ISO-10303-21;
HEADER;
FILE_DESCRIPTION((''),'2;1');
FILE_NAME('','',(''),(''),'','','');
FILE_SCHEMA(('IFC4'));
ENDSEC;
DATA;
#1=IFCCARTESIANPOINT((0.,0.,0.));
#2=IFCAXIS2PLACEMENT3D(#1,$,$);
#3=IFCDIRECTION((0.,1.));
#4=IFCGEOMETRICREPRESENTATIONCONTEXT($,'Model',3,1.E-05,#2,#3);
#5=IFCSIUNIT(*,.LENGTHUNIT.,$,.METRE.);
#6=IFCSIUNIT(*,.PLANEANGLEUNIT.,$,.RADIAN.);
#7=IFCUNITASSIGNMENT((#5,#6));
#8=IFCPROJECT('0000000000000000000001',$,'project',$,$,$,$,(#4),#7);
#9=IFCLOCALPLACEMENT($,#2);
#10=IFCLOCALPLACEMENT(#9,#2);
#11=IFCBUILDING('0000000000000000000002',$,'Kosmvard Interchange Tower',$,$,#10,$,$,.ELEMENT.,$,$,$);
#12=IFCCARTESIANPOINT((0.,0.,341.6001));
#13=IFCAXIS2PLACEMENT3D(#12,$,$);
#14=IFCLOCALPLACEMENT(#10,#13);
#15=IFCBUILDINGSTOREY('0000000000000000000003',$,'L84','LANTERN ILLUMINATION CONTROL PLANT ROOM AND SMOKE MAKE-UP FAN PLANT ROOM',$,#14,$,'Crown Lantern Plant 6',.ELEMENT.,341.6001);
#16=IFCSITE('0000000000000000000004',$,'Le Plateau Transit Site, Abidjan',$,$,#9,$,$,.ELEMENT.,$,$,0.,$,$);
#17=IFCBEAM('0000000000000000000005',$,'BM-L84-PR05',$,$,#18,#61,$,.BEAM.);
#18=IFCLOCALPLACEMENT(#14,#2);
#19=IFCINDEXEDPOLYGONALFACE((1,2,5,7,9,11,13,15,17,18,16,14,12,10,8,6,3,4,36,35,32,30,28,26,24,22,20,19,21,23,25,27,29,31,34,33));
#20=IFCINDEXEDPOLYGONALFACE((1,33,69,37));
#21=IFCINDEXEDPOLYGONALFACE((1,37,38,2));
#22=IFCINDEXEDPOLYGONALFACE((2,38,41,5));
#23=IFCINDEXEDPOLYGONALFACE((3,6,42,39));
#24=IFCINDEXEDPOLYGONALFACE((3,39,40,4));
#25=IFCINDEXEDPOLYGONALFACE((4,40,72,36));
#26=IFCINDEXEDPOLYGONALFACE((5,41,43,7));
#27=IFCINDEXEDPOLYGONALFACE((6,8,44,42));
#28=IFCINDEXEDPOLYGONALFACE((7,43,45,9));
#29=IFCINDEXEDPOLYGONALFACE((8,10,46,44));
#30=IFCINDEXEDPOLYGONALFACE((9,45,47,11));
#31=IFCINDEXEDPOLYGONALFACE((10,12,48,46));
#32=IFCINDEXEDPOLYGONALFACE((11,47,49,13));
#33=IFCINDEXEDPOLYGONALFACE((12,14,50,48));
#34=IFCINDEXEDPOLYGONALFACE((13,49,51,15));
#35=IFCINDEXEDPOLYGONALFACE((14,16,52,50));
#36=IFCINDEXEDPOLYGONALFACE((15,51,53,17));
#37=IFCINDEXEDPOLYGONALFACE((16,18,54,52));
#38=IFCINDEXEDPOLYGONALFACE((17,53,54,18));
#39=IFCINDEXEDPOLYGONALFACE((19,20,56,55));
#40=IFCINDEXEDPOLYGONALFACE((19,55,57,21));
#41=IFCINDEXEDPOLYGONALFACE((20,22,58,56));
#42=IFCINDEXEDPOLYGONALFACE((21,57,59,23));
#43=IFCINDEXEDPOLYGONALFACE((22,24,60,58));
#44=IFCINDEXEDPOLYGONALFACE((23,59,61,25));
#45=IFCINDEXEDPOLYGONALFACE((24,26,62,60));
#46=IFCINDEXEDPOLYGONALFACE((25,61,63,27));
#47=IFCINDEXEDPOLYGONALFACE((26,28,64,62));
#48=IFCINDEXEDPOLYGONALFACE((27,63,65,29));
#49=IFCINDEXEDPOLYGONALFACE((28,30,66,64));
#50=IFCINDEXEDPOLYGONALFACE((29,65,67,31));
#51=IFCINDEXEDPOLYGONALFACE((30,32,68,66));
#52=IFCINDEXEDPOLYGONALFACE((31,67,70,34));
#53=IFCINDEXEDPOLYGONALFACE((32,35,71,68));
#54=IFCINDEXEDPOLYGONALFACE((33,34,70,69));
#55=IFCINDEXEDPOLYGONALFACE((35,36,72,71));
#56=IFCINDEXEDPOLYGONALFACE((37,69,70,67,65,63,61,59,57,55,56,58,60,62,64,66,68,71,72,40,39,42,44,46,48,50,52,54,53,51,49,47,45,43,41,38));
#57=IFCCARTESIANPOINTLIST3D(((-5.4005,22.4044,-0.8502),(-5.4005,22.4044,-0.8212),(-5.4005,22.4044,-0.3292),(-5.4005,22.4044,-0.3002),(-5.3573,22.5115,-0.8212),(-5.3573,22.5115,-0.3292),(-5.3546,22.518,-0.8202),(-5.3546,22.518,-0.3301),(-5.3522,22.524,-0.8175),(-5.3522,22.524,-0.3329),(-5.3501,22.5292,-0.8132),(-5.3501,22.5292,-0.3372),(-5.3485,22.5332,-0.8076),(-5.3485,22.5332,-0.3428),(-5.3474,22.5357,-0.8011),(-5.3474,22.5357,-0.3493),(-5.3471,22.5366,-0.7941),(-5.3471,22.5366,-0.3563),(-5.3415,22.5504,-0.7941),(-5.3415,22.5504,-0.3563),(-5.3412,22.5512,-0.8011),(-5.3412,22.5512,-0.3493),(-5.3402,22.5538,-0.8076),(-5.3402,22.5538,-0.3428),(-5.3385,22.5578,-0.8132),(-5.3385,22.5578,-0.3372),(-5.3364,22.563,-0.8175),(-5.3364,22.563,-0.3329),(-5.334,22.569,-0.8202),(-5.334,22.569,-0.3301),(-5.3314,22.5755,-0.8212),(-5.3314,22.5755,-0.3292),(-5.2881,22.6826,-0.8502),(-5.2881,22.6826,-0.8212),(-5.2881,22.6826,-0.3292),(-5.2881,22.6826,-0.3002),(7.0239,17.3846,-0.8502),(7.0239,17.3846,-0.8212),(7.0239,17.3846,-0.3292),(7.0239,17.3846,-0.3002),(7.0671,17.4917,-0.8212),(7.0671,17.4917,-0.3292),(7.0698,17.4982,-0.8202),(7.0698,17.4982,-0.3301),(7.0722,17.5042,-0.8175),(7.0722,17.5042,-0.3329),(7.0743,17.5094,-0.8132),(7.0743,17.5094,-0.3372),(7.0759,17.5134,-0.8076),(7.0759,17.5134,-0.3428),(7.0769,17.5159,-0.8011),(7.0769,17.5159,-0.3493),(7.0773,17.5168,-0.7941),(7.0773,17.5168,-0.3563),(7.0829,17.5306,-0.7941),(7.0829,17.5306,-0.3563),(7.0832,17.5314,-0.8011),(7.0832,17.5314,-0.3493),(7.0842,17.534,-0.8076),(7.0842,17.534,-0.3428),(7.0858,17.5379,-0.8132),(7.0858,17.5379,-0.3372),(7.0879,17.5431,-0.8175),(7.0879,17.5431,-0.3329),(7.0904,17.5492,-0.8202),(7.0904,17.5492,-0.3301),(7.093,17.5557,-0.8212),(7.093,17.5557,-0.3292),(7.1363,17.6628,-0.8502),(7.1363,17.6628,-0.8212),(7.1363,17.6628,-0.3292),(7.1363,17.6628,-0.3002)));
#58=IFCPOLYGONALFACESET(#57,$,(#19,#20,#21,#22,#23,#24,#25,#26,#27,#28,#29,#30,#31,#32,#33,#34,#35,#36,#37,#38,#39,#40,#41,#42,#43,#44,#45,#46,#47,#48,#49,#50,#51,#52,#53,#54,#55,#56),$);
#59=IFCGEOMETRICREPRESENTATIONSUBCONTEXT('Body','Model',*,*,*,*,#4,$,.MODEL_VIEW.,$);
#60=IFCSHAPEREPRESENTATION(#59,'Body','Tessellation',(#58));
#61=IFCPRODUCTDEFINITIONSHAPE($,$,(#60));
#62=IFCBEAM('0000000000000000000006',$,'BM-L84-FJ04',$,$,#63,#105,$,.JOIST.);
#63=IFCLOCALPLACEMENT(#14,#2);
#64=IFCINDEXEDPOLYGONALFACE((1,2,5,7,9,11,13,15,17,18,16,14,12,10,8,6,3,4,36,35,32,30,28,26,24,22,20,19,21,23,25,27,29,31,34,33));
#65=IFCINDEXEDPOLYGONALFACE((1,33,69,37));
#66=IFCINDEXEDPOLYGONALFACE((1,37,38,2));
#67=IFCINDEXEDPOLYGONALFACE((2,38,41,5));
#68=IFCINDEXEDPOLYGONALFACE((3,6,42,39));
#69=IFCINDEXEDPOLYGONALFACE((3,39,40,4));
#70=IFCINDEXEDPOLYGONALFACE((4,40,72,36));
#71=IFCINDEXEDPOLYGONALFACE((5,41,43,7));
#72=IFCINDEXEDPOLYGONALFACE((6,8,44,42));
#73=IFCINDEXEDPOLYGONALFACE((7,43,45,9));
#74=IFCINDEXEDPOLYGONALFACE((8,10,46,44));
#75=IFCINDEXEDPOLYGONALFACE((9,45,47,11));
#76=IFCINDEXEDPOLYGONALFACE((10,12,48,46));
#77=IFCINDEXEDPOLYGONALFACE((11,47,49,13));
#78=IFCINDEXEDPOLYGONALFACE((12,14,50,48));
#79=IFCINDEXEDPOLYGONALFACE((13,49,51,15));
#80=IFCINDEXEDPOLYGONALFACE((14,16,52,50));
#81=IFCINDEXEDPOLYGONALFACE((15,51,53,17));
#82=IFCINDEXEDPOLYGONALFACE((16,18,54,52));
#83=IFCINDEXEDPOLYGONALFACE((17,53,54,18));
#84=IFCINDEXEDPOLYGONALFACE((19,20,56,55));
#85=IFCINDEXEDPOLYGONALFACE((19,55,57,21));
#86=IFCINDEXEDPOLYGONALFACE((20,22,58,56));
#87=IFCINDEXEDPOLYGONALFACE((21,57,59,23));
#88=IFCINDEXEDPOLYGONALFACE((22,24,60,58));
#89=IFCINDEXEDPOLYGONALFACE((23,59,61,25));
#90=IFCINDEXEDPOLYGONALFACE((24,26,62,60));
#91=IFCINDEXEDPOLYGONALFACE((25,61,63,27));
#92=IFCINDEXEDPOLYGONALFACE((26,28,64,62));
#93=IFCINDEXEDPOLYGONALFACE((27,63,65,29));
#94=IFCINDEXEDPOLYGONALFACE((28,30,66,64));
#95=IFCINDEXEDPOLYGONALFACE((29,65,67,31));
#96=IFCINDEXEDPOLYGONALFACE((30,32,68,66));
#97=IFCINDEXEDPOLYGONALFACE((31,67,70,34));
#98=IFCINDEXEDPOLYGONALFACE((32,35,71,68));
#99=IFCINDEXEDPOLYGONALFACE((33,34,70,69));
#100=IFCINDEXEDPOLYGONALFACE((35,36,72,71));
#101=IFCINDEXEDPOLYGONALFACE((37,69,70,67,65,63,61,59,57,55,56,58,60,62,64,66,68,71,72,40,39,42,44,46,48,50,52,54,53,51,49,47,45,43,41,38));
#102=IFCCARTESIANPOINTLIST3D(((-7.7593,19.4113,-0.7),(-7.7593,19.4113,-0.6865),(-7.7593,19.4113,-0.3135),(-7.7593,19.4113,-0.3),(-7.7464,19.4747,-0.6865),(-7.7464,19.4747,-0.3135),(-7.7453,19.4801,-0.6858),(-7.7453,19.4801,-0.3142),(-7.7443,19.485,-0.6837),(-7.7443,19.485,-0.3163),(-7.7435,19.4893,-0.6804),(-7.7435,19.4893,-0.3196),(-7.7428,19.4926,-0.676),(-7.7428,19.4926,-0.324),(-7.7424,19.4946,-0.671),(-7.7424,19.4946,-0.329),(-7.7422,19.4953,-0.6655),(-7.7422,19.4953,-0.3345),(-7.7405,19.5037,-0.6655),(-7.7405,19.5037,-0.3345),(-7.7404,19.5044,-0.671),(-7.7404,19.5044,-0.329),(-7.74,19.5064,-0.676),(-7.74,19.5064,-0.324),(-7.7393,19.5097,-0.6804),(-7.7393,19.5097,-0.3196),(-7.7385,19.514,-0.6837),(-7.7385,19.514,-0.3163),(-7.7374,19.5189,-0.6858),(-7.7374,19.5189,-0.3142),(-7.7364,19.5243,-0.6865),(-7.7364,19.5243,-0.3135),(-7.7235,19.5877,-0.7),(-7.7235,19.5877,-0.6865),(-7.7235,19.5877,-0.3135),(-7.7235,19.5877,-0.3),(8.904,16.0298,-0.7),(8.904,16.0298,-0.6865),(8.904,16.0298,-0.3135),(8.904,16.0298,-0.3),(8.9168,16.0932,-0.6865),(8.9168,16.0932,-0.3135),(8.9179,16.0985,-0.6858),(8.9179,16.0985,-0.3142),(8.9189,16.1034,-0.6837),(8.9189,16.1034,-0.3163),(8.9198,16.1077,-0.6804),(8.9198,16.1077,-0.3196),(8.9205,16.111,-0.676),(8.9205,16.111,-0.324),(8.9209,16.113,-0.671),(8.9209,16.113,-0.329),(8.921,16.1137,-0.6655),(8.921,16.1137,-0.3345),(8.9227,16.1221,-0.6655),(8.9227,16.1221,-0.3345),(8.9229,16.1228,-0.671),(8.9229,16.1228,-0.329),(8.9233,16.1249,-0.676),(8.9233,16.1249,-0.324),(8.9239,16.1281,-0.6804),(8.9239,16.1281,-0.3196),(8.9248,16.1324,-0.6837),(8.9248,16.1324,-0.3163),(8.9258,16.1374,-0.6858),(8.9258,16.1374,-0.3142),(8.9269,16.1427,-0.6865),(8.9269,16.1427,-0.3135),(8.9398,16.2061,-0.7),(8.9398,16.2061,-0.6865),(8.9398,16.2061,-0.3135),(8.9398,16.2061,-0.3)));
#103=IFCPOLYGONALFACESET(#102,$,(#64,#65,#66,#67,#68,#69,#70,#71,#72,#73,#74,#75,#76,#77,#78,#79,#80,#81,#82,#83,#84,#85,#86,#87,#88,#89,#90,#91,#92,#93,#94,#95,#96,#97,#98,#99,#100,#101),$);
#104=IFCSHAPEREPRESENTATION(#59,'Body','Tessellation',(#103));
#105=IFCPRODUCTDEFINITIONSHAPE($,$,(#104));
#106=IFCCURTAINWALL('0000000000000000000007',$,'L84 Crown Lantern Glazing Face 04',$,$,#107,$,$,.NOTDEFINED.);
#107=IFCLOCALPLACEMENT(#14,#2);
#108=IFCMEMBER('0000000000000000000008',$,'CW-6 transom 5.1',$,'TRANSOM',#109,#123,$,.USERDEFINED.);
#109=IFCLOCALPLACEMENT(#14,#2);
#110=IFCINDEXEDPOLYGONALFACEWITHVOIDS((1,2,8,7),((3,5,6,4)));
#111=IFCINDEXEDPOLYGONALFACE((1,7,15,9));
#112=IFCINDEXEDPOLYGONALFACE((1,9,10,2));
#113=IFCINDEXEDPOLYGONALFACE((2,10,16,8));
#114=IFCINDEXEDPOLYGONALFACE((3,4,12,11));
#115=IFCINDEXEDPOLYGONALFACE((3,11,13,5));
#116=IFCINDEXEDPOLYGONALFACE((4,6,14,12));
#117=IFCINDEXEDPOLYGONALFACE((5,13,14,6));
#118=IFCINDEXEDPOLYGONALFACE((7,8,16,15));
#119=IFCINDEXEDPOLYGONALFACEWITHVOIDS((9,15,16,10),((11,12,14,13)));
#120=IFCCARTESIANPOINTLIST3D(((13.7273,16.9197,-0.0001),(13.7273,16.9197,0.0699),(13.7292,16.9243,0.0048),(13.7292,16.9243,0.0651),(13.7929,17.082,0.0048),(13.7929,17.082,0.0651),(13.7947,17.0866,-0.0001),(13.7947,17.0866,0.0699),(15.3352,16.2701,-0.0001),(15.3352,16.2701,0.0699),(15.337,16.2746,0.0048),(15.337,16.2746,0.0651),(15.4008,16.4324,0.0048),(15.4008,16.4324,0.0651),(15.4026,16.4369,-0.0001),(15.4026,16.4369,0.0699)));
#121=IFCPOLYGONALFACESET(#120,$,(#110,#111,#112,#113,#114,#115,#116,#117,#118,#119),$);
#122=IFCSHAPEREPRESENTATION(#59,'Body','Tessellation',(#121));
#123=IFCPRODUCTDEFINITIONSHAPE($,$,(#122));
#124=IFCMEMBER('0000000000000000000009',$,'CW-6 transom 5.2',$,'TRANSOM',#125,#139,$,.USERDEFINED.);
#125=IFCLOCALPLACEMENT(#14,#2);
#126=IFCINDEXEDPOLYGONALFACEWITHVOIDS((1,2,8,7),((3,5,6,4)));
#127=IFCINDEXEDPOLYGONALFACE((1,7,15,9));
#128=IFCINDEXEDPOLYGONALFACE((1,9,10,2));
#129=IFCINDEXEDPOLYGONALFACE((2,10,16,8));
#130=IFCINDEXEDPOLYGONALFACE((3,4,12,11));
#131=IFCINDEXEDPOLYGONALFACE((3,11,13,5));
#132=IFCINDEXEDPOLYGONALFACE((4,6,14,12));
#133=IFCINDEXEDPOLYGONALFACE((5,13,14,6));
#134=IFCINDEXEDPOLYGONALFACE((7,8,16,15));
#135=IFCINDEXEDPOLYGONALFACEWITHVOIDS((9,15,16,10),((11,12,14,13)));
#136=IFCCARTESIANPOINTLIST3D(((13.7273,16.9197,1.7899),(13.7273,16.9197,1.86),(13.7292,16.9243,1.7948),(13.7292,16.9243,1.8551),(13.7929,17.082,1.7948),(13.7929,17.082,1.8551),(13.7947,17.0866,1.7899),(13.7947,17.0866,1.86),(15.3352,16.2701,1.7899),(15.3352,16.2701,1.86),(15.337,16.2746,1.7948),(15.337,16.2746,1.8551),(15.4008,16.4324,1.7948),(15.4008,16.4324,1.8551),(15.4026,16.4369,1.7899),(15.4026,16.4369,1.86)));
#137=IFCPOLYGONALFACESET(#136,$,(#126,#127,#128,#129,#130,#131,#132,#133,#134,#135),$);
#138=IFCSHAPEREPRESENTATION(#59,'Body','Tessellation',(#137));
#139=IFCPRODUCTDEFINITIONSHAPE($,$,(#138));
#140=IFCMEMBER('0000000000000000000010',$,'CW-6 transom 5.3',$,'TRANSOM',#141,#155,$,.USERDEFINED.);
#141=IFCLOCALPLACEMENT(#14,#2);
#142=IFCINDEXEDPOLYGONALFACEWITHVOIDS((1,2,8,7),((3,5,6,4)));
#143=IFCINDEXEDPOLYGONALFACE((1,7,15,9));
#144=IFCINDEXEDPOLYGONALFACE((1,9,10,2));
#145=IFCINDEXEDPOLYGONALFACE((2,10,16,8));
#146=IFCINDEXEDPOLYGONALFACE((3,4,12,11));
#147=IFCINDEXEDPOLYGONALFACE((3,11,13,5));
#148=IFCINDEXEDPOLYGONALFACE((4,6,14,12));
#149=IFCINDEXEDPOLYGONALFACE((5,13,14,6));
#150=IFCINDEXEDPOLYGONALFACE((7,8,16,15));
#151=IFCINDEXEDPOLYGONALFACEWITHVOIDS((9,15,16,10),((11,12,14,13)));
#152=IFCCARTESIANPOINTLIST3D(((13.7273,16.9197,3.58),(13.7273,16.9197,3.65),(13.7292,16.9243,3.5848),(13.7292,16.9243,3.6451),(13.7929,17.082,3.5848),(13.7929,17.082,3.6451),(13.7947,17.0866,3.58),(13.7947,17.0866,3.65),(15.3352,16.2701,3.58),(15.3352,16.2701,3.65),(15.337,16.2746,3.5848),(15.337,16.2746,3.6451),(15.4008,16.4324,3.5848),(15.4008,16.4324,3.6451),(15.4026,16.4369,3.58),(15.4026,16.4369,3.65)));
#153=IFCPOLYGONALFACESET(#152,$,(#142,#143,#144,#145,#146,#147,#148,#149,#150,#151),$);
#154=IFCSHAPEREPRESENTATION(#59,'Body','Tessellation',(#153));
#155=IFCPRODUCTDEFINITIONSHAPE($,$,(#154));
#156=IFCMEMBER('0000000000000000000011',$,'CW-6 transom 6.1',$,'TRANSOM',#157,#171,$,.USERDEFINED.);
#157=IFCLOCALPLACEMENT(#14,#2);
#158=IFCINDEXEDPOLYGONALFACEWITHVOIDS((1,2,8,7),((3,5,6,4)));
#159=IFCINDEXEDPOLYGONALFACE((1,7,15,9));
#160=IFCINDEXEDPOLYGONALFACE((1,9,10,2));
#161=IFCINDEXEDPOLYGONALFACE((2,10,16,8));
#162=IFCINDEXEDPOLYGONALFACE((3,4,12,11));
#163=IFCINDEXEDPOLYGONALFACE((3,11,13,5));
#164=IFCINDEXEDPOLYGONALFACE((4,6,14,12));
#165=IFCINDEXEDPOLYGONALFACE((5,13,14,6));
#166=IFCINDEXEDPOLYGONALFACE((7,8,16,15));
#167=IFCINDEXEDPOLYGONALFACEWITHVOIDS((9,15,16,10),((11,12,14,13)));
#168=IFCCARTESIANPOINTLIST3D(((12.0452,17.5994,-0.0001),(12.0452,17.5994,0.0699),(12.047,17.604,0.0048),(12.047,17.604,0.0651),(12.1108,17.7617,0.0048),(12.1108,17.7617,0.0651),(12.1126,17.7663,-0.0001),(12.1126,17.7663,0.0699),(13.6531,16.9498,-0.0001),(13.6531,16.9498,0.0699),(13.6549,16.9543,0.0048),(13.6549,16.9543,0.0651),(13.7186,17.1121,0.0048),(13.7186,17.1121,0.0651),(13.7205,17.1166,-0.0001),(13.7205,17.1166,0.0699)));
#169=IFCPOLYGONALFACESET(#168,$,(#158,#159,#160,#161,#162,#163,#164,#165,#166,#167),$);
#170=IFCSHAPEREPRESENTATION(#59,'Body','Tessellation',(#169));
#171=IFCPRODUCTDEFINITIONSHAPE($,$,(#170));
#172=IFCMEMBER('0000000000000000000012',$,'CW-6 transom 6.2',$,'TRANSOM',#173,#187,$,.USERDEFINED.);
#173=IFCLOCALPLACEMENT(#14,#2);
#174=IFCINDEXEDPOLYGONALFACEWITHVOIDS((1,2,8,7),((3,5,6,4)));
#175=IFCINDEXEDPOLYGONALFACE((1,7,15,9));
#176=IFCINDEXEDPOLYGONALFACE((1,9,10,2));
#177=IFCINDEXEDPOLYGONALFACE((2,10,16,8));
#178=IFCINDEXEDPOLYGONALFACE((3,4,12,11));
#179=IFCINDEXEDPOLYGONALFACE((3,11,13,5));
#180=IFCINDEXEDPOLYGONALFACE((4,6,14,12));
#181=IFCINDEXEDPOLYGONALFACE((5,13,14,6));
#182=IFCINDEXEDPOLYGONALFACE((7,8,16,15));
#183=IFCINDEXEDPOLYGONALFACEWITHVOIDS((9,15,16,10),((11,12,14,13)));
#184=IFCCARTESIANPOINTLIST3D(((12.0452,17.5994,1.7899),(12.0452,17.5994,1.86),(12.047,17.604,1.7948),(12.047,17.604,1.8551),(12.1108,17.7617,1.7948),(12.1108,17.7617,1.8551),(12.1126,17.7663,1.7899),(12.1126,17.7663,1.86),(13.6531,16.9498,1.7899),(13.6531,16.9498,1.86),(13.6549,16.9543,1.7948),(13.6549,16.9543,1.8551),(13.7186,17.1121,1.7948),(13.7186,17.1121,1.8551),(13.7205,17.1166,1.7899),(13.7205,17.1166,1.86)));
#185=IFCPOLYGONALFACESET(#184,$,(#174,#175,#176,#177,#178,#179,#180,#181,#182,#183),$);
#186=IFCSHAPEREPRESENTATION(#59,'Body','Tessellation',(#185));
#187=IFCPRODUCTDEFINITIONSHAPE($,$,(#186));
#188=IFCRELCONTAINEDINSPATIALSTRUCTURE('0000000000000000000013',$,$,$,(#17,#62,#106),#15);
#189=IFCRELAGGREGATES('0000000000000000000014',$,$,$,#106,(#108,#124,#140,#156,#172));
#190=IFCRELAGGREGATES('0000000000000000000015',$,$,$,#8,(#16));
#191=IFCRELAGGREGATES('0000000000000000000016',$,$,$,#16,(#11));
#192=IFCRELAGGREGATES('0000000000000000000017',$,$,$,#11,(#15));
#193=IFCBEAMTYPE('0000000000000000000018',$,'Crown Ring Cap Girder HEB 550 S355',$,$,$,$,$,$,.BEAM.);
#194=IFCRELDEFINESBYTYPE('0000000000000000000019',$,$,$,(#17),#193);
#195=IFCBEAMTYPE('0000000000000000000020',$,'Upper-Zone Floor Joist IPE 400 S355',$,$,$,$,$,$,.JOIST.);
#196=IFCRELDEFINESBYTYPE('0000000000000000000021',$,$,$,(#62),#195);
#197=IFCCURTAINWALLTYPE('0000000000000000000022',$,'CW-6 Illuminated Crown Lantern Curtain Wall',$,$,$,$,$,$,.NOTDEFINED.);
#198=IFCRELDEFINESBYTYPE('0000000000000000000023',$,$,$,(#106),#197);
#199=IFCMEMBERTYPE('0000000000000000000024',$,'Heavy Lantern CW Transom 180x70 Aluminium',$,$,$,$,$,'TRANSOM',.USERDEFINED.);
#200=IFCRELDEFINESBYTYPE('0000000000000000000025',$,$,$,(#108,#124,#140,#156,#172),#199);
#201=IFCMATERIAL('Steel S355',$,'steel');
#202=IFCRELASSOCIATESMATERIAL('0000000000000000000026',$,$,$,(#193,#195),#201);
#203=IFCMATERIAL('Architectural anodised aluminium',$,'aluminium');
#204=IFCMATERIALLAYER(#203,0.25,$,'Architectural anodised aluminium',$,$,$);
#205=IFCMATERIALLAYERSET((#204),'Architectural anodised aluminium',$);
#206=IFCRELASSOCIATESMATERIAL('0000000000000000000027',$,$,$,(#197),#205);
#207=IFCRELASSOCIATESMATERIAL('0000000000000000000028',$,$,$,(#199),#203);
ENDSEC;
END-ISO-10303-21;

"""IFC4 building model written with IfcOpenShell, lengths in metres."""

from ifc_helpers import new_model, si_unit, direction, frame, origin, origin_2d, place, context, subcontext, project, spatial, hollow_rectangle, i_section, extrude, source, transform, mapped, material, layer, layer_set, material_profile, profile_set, type_object, element, aggregate, save


model = new_model("IFC4")

# Units and contexts
model_context = context("Model", 3, precision=1e-05, world=origin(), true_north=direction((0.0, 1.0)))
body_context = subcontext(model_context, "Body", "Model", "MODEL_VIEW")
ifc_project = project(units=[si_unit("LENGTHUNIT", "METRE"), si_unit("PLANEANGLEUNIT", "RADIAN")], contexts=[model_context])

# Site, building, storey
site_placement = place(None, origin())
site = spatial("IfcSite", under=ifc_project, at=site_placement, Name="Le Plateau Transit Site, Abidjan", CompositionType="ELEMENT", RefElevation=0.0)
building_placement = place(site_placement, origin())
building = spatial("IfcBuilding", under=site, at=building_placement, Name="Kosmvard Interchange Tower", CompositionType="ELEMENT")
storey_placement = place(building_placement, frame((0.0, 0.0, 341.6001)))
storey = spatial("IfcBuildingStorey", under=building, at=storey_placement, Name="L84", Description="LANTERN ILLUMINATION CONTROL PLANT ROOM AND SMOKE MAKE-UP FAN PLANT ROOM", LongName="Crown Lantern Plant 6", CompositionType="ELEMENT", Elevation=341.6001)

# Shared definitions
ifc_material_1 = material(Name="Steel S355", Category="steel")

# Beams
ifc_material_profile_1 = material_profile(ifc_material_1, i_section(OverallWidth=0.3, OverallDepth=0.55, WebThickness=0.0149, FlangeThickness=0.0291, FilletRadius=0.0271, at=origin_2d()), Name="HEB 550")
ifc_profile_set_1 = profile_set([ifc_material_profile_1], Name="Steel S355")
beam_type_1 = type_object("IfcBeamType", Name="Crown Ring Cap Girder HEB 550 S355", PredefinedType="BEAM", material=ifc_profile_set_1)
shared_shape_1 = source(origin(), body_context, "Body", "SweptSolid", [
    extrude(i_section(OverallWidth=0.3, OverallDepth=0.55, WebThickness=0.0149, FlangeThickness=0.0291, FilletRadius=0.0271, at=origin_2d()), origin(), (0.0, 0.0, 1.0), 13.4001),
])
beam_1_placement = place(storey_placement, frame((7.0801, 17.5237, -0.5752), z_axis=(-0.927183, 0.374608, 0.0), x_axis=(-0.374608, -0.927183, 0.0)))
element("IfcBeam", 1, at=beam_1_placement, inside=storey, type_object=beam_type_1, Name="BM-L84-PR05", PredefinedType="BEAM", context=body_context, shape_type="MappedRepresentation", body=[
    mapped(shared_shape_1, transform((0.0, 0.0, 0.0), scale=1.0)),
])
ifc_material_profile_2 = material_profile(ifc_material_1, i_section(OverallWidth=0.1799, OverallDepth=0.3999, WebThickness=0.0085, FlangeThickness=0.0134, FilletRadius=0.021, at=origin_2d()), Name="IPE 400")
ifc_profile_set_2 = profile_set([ifc_material_profile_2], Name="Steel S355")
beam_type_2 = type_object("IfcBeamType", Name="Upper-Zone Floor Joist IPE 400 S355", PredefinedType="JOIST", material=ifc_profile_set_2)
shared_shape_2 = source(origin(), body_context, "Body", "SweptSolid", [
    extrude(i_section(OverallWidth=0.1799, OverallDepth=0.3999, WebThickness=0.0085, FlangeThickness=0.0134, FilletRadius=0.021, at=origin_2d()), origin(), (0.0, 0.0, 1.0), 17.0029),
])
beam_2_placement = place(storey_placement, frame((8.9219, 16.1179, -0.5), z_axis=(-0.980023, 0.198882, 0.0), x_axis=(-0.198882, -0.980023, 0.0)))
element("IfcBeam", 2, at=beam_2_placement, inside=storey, type_object=beam_type_2, Name="BM-L84-FJ04", PredefinedType="JOIST", context=body_context, shape_type="MappedRepresentation", body=[
    mapped(shared_shape_2, transform((0.0, 0.0, 0.0), scale=1.0)),
])

# Curtain wall, members
ifc_material_2 = material(Name="Architectural anodised aluminium", Category="aluminium")
ifc_layer_1 = layer(ifc_material_2, 0.25, Name="Architectural anodised aluminium")
ifc_layer_set_1 = layer_set([ifc_layer_1], Name="Architectural anodised aluminium")
curtain_wall_type = type_object("IfcCurtainWallType", Name="CW-6 Illuminated Crown Lantern Curtain Wall", PredefinedType="NOTDEFINED", material=ifc_layer_set_1)
curtain_wall_placement = place(storey_placement, origin())
curtain_wall = element("IfcCurtainWall", 3, at=curtain_wall_placement, inside=storey, type_object=curtain_wall_type, Name="L84 Crown Lantern Glazing Face 04", PredefinedType="NOTDEFINED")
ifc_material_profile_3 = material_profile(ifc_material_2, hollow_rectangle(XDim=0.1799, YDim=0.0701, WallThickness=0.0049, at=origin_2d()), Name="CWT 180x70x5")
ifc_profile_set_3 = profile_set([ifc_material_profile_3], Name="Architectural anodised aluminium")
member_type_1 = type_object("IfcMemberType", Name="Heavy Lantern CW Transom 180x70 Aluminium", ElementType="TRANSOM", PredefinedType="USERDEFINED", material=ifc_profile_set_3)
shared_shape_3 = source(origin(), body_context, "Body", "SweptSolid", [
    extrude(hollow_rectangle(XDim=0.1799, YDim=0.0701, WallThickness=0.0049, at=origin_2d()), origin(), (0.0, 0.0, 1.0), 1.7341),
])
member_1_placement = place(storey_placement, frame((15.3689, 16.3535, 0.0349), z_axis=(-0.92718, 0.374617, 0.0), x_axis=(-0.374617, -0.92718, 0.0)))
member_1 = element("IfcMember", 4, at=member_1_placement, type_object=member_type_1, Name="CW-6 transom 5.1", ObjectType="TRANSOM", PredefinedType="USERDEFINED", context=body_context, shape_type="MappedRepresentation", body=[
    mapped(shared_shape_3, transform((0.0, 0.0, 0.0), scale=1.0)),
])
member_2_placement = place(storey_placement, frame((15.3689, 16.3535, 1.825), z_axis=(-0.92718, 0.374617, 0.0), x_axis=(-0.374617, -0.92718, 0.0)))
member_2 = element("IfcMember", 5, at=member_2_placement, type_object=member_type_1, Name="CW-6 transom 5.2", ObjectType="TRANSOM", PredefinedType="USERDEFINED", context=body_context, shape_type="MappedRepresentation", body=[
    mapped(shared_shape_3, transform((0.0, 0.0, 0.0), scale=1.0)),
])
member_3_placement = place(storey_placement, frame((15.3689, 16.3535, 3.615), z_axis=(-0.92718, 0.374617, 0.0), x_axis=(-0.374617, -0.92718, 0.0)))
member_3 = element("IfcMember", 6, at=member_3_placement, type_object=member_type_1, Name="CW-6 transom 5.3", ObjectType="TRANSOM", PredefinedType="USERDEFINED", context=body_context, shape_type="MappedRepresentation", body=[
    mapped(shared_shape_3, transform((0.0, 0.0, 0.0), scale=1.0)),
])
member_4_placement = place(storey_placement, frame((13.6868, 17.0332, 0.0349), z_axis=(-0.92718, 0.374617, 0.0), x_axis=(-0.374617, -0.92718, 0.0)))
member_4 = element("IfcMember", 7, at=member_4_placement, type_object=member_type_1, Name="CW-6 transom 6.1", ObjectType="TRANSOM", PredefinedType="USERDEFINED", context=body_context, shape_type="MappedRepresentation", body=[
    mapped(shared_shape_3, transform((0.0, 0.0, 0.0), scale=1.0)),
])
member_5_placement = place(storey_placement, frame((13.6868, 17.0332, 1.825), z_axis=(-0.92718, 0.374617, 0.0), x_axis=(-0.374617, -0.92718, 0.0)))
member_5 = element("IfcMember", 8, at=member_5_placement, type_object=member_type_1, Name="CW-6 transom 6.2", ObjectType="TRANSOM", PredefinedType="USERDEFINED", context=body_context, shape_type="MappedRepresentation", body=[
    mapped(shared_shape_3, transform((0.0, 0.0, 0.0), scale=1.0)),
])

aggregate(curtain_wall, [member_1, member_2, member_3, member_4, member_5])

save(model, "model.ifc")
